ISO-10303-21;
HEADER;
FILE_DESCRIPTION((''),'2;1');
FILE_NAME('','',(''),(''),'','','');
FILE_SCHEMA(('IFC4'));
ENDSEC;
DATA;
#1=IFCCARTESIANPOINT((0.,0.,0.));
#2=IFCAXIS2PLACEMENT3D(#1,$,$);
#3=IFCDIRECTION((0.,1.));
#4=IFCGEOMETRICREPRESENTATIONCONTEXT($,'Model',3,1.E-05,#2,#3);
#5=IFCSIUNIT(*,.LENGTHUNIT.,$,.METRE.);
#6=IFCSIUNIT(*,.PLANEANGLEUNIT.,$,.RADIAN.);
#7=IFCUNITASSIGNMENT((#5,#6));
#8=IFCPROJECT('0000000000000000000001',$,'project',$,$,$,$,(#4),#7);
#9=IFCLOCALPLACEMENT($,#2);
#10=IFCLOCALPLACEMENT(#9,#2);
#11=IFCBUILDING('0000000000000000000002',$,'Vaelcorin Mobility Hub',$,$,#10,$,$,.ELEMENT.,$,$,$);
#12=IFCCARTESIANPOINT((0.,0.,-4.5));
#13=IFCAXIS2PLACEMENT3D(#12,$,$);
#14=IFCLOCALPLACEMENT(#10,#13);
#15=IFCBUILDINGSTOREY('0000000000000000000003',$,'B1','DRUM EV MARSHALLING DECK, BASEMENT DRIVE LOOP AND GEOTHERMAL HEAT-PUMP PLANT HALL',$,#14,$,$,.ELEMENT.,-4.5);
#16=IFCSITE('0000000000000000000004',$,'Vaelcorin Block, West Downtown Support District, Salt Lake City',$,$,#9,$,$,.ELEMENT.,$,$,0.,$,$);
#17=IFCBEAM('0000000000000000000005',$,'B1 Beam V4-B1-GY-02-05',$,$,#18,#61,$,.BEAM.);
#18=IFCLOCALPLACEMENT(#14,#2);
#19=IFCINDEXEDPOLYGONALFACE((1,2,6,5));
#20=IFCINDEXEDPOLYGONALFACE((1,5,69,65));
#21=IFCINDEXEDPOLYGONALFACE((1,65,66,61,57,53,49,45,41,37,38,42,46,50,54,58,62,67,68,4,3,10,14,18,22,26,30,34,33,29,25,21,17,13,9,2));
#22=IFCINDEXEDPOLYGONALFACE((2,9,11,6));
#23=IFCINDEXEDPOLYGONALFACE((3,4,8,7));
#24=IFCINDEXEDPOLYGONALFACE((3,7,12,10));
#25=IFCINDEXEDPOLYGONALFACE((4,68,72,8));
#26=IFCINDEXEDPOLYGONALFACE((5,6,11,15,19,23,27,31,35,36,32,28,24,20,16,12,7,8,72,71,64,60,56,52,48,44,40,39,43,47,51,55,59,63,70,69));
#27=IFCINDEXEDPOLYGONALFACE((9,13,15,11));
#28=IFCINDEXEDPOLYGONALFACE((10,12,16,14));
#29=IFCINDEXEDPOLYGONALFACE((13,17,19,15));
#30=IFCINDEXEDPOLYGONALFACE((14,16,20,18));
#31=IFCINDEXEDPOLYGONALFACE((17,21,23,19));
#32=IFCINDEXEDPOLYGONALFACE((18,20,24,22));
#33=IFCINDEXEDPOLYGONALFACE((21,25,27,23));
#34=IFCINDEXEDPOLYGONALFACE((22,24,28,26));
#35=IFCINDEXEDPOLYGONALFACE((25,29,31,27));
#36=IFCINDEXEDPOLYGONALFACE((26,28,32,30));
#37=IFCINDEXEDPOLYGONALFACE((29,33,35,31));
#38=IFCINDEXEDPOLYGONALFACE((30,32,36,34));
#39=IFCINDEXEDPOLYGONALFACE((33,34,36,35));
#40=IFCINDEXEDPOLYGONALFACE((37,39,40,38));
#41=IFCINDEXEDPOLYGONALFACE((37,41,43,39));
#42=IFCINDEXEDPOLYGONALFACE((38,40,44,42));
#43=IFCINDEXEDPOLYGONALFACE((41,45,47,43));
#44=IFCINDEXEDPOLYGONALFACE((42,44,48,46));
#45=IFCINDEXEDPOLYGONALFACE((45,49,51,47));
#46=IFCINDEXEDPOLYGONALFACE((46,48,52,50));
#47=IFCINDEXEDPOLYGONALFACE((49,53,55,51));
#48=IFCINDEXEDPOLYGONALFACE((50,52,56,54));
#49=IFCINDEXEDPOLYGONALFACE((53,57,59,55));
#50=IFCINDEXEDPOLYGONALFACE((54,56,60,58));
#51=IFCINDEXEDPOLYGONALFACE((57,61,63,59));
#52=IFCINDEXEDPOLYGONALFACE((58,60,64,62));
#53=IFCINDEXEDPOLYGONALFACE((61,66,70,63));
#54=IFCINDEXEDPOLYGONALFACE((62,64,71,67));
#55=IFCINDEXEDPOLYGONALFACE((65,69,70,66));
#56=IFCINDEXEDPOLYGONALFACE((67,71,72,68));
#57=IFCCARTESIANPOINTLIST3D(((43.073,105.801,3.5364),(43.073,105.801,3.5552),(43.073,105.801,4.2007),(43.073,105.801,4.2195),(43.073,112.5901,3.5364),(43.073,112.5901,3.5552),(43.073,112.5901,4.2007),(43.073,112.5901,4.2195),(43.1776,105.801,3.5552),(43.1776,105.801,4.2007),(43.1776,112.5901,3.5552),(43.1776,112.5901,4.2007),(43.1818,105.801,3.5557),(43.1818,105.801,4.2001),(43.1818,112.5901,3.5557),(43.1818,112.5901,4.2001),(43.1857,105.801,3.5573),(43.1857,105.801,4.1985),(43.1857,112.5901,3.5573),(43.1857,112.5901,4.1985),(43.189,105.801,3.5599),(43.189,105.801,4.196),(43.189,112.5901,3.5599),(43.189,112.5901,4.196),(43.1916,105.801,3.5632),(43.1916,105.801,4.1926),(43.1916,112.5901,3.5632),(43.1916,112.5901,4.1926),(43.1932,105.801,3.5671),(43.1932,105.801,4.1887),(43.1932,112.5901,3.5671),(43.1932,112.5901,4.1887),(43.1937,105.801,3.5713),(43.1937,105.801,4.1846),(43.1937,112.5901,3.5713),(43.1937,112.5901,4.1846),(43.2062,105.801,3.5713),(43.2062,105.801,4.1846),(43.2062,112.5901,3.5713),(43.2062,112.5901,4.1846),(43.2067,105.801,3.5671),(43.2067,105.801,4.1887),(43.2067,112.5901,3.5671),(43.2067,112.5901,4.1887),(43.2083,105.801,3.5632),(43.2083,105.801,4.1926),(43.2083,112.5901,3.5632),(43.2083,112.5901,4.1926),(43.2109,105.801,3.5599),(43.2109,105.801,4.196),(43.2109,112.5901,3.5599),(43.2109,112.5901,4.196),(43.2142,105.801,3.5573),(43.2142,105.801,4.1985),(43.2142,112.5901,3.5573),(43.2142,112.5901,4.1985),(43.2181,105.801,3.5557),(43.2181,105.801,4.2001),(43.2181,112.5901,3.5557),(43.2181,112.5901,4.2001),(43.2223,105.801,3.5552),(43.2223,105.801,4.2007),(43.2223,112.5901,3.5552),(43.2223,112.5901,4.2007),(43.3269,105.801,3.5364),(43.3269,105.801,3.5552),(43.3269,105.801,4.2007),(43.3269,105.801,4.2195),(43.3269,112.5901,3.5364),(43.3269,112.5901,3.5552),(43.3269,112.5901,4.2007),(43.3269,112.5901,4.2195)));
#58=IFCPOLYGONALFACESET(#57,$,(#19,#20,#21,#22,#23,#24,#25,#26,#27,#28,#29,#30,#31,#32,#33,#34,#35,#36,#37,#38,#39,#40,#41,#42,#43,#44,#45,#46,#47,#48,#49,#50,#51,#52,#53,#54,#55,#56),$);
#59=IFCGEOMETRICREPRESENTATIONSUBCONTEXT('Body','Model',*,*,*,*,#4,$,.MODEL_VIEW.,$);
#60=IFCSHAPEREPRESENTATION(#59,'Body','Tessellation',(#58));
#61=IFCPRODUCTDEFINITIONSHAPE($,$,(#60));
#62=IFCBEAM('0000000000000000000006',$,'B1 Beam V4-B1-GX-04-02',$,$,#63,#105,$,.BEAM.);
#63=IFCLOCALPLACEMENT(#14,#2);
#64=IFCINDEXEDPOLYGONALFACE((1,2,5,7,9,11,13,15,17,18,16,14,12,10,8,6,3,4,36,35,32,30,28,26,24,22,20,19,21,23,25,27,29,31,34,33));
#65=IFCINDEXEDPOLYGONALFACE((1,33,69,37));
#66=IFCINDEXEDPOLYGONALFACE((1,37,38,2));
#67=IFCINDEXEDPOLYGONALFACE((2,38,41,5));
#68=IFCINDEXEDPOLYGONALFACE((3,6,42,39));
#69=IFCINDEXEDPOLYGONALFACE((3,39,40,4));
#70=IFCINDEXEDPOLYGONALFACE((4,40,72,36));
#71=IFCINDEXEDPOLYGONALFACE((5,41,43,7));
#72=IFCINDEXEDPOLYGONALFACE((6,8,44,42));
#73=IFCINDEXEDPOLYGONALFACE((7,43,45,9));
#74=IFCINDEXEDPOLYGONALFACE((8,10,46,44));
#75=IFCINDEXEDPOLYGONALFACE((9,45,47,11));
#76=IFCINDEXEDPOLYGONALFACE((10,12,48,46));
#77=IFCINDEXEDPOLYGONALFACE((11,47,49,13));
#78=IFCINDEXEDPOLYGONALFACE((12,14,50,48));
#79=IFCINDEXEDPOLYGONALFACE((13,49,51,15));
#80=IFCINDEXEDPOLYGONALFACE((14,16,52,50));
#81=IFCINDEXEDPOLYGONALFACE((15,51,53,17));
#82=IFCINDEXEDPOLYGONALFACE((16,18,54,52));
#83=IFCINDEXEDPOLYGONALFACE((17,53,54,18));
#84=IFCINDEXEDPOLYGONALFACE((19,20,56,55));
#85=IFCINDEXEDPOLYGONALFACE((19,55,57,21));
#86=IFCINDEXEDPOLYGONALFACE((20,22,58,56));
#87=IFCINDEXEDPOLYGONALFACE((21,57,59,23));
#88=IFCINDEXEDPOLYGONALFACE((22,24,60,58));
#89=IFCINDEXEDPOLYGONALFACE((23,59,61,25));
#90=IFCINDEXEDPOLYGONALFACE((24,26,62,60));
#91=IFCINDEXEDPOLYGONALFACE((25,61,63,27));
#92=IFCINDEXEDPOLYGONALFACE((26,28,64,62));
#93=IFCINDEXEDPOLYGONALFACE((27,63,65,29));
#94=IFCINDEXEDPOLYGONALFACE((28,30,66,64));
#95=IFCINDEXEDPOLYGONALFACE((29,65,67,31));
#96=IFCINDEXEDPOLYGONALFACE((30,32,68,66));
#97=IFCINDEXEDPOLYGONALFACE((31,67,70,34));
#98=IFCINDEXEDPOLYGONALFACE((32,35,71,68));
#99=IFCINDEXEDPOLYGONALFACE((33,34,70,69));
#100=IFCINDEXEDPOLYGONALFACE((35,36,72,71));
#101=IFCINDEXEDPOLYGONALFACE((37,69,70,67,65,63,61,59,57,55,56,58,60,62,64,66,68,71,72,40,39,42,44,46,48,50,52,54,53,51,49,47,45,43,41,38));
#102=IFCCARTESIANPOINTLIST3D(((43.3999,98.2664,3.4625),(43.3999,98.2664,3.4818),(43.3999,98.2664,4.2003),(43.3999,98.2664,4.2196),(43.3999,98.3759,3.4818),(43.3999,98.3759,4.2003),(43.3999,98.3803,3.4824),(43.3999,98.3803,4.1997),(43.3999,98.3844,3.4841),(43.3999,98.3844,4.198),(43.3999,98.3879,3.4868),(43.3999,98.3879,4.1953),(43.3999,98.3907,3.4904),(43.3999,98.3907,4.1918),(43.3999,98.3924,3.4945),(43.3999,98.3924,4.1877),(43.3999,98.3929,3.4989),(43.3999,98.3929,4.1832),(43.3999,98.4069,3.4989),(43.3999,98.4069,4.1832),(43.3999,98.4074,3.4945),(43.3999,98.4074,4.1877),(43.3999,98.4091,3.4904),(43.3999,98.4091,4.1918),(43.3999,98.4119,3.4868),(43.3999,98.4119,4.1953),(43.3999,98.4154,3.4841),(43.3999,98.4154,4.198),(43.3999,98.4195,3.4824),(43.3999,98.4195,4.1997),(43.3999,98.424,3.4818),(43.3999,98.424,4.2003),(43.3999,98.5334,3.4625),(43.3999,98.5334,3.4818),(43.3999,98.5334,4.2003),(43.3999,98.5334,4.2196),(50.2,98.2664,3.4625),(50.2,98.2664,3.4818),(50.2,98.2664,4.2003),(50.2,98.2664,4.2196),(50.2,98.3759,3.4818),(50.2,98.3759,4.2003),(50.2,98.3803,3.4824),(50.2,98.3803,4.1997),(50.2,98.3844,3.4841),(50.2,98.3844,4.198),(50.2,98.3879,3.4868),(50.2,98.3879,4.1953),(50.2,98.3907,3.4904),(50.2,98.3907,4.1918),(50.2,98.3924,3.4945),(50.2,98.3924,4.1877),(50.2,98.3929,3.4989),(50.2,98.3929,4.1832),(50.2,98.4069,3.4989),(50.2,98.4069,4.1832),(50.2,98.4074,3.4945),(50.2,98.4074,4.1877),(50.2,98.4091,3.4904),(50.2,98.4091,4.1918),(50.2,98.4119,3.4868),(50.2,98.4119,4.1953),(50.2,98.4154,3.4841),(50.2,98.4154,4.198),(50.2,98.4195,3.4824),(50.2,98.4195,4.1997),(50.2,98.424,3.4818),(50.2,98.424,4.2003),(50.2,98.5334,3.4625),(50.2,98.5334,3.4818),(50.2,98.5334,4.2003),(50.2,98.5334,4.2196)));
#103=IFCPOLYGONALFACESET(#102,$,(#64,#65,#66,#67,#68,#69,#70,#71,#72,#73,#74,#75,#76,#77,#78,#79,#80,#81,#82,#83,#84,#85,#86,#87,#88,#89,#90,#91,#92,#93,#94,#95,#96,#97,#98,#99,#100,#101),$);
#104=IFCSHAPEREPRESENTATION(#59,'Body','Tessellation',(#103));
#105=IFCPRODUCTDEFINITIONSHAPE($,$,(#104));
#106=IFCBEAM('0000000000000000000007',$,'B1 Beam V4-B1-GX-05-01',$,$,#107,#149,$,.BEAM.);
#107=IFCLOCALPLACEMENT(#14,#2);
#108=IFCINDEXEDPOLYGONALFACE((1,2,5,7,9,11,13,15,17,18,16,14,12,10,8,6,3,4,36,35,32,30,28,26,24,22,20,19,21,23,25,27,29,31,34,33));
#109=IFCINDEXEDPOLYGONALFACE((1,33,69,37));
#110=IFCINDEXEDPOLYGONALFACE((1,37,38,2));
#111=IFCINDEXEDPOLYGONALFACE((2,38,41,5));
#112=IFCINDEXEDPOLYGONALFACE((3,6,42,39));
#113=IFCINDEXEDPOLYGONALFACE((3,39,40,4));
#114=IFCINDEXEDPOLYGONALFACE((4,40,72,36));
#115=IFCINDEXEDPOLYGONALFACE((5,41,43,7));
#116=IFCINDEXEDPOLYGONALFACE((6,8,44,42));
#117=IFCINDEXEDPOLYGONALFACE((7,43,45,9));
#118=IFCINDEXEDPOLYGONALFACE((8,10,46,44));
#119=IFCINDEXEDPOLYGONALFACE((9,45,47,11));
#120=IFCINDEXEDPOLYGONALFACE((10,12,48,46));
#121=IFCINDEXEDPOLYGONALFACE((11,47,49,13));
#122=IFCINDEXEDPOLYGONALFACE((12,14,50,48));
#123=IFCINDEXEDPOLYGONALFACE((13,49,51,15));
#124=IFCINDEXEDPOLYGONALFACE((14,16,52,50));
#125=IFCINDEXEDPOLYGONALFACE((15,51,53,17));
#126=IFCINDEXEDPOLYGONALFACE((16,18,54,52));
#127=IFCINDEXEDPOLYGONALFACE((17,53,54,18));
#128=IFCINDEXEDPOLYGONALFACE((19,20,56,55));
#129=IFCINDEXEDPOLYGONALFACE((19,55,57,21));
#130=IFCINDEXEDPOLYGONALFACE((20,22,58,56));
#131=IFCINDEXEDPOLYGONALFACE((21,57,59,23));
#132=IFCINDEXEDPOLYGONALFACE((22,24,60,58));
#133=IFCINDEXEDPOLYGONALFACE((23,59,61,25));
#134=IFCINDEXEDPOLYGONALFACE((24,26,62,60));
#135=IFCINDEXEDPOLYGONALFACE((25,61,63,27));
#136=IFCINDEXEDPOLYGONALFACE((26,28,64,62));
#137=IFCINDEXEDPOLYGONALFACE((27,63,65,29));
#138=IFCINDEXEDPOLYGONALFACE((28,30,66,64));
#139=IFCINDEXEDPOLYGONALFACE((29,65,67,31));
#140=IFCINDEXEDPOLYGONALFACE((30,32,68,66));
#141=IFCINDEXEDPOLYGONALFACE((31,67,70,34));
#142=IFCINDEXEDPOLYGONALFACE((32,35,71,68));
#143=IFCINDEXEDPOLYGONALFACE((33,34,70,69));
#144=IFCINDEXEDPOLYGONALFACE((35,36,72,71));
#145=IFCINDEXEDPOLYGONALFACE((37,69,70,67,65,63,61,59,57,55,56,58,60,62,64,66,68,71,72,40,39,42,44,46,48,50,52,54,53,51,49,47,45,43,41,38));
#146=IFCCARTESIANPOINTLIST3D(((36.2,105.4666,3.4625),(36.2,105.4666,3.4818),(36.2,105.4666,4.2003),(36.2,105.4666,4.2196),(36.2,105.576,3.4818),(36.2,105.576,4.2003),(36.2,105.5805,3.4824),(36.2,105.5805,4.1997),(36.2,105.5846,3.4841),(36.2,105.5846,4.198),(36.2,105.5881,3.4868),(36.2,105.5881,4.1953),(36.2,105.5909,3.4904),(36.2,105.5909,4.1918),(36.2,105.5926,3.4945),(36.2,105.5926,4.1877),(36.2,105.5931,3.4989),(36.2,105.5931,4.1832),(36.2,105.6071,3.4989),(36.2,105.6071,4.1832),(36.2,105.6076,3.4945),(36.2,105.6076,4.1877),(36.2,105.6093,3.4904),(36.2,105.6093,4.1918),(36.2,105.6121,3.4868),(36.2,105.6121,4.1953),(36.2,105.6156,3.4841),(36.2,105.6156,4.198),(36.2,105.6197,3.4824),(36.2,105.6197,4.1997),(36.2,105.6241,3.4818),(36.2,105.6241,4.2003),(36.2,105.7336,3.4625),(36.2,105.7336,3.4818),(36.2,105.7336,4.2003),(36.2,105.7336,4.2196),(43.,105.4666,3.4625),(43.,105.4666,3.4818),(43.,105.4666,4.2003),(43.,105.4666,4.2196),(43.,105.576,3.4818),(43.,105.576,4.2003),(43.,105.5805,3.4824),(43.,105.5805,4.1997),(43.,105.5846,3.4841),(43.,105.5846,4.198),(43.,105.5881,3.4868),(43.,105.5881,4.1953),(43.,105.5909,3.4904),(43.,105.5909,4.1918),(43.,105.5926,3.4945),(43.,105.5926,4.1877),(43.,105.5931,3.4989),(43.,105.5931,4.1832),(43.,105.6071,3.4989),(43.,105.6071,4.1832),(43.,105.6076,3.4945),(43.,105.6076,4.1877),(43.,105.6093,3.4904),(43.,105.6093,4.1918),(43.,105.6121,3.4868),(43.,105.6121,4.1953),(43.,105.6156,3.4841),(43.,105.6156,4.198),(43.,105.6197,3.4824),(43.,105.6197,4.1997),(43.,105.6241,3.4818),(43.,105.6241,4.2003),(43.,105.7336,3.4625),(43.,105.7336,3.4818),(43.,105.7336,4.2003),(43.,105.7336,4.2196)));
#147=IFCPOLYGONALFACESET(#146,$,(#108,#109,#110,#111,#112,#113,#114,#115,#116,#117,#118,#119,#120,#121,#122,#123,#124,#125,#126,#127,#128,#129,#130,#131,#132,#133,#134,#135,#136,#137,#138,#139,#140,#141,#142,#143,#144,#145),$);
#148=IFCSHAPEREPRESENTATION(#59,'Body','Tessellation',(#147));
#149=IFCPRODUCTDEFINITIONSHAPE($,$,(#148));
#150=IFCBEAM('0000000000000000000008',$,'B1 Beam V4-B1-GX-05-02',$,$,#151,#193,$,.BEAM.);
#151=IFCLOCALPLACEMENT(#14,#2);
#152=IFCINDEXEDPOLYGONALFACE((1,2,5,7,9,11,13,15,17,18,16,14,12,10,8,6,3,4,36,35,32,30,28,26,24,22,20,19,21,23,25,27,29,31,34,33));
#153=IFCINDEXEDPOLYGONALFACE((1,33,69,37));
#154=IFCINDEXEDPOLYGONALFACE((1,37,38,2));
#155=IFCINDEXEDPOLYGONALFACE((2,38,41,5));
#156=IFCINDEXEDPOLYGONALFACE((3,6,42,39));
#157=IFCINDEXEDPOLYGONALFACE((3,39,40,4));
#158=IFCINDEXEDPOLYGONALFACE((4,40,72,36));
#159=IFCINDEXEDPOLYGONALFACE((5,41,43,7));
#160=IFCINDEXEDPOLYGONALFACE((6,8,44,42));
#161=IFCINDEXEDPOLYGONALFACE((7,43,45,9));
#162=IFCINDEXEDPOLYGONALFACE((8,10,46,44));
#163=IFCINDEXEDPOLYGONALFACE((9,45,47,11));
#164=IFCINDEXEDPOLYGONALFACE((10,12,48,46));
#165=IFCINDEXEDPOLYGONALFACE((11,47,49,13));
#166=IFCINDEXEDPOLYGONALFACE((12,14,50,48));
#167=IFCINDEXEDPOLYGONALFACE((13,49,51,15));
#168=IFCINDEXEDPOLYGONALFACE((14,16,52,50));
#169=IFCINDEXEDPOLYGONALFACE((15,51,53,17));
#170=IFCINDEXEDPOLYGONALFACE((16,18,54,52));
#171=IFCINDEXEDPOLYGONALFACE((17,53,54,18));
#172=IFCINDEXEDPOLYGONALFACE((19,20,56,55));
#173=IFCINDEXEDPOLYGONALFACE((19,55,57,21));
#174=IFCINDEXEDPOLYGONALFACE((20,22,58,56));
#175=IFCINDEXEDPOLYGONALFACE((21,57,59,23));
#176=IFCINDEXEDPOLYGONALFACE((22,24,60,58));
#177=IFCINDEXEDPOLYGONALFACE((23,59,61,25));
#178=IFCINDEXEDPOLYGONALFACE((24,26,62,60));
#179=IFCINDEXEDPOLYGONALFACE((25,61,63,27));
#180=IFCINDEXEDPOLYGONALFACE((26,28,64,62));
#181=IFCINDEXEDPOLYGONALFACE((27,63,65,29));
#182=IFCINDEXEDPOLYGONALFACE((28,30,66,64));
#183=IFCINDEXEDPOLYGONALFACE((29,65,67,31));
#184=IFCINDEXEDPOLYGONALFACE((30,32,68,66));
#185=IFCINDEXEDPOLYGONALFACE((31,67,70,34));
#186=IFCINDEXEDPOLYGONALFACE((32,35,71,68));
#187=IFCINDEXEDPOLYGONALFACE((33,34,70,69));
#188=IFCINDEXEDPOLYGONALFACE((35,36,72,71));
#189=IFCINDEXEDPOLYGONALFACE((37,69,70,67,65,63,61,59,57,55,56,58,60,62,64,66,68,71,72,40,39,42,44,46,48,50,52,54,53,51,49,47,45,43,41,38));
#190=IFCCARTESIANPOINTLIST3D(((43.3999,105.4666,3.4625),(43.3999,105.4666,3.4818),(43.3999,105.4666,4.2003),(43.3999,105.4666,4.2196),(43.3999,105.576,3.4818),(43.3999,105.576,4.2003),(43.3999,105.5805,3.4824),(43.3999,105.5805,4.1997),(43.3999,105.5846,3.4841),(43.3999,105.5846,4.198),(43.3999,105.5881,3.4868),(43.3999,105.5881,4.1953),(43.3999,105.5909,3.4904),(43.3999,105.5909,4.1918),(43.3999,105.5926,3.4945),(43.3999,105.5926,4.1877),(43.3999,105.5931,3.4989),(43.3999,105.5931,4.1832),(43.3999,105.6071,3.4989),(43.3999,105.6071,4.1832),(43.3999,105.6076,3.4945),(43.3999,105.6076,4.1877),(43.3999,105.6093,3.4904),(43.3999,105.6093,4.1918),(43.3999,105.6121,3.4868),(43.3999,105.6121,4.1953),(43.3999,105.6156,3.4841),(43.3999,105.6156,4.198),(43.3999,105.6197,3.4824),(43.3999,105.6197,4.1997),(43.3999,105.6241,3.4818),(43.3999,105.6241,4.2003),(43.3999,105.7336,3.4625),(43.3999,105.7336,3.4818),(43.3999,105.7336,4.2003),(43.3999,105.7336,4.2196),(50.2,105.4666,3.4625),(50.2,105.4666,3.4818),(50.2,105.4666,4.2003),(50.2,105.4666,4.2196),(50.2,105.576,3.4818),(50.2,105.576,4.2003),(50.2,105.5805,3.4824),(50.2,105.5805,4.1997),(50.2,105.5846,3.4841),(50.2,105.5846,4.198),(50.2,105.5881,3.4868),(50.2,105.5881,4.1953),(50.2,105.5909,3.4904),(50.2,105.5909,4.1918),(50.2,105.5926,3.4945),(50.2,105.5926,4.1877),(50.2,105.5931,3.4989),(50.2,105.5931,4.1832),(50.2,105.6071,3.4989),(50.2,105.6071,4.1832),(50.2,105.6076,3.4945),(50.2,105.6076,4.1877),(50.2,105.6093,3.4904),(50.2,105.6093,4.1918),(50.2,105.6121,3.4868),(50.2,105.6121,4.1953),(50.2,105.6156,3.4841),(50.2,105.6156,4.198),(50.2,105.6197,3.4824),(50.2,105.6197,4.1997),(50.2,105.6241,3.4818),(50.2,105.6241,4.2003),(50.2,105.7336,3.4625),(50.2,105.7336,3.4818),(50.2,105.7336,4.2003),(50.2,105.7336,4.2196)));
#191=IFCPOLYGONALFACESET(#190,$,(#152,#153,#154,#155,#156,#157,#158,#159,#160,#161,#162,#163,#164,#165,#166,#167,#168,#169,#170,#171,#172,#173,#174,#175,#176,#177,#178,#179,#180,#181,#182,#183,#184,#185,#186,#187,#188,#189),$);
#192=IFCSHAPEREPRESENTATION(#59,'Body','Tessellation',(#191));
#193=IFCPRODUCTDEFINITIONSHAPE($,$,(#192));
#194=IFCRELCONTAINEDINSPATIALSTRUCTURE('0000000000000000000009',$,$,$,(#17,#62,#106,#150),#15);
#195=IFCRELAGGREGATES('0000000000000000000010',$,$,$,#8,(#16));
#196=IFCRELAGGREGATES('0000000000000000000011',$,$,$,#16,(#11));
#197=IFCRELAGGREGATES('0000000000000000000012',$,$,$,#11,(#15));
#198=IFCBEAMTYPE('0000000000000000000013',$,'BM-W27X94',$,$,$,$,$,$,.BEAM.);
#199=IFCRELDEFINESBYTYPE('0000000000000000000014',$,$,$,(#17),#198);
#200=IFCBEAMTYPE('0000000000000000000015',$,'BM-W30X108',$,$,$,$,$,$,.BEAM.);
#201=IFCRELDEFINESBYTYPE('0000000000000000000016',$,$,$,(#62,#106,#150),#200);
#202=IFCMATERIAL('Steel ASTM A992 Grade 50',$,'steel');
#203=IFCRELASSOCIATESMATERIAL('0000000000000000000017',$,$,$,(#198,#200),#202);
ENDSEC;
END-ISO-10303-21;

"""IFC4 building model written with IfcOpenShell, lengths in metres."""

from ifc_helpers import new_model, si_unit, direction, frame, origin, origin_2d, place, context, subcontext, project, spatial, i_section, extrude, material, material_profile, profile_set, type_object, element, save


model = new_model("IFC4")

# Units and contexts
model_context = context("Model", 3, precision=1e-05, world=origin(), true_north=direction((0.0, 1.0)))
body_context = subcontext(model_context, "Body", "Model", "MODEL_VIEW")
ifc_project = project(units=[si_unit("LENGTHUNIT", "METRE"), si_unit("PLANEANGLEUNIT", "RADIAN")], contexts=[model_context])

# Site, building, storey
site_placement = place(None, origin())
site = spatial("IfcSite", under=ifc_project, at=site_placement, Name="Vaelcorin Block, West Downtown Support District, Salt Lake City", CompositionType="ELEMENT", RefElevation=0.0)
building_placement = place(site_placement, origin())
building = spatial("IfcBuilding", under=site, at=building_placement, Name="Vaelcorin Mobility Hub", CompositionType="ELEMENT")
storey_placement = place(building_placement, frame((0.0, 0.0, -4.5)))
storey = spatial("IfcBuildingStorey", under=building, at=storey_placement, Name="B1", Description="DRUM EV MARSHALLING DECK, BASEMENT DRIVE LOOP AND GEOTHERMAL HEAT-PUMP PLANT HALL", CompositionType="ELEMENT", Elevation=-4.5)

# Shared definitions
ifc_material_1 = material(Name="Steel ASTM A992 Grade 50", Category="steel")

# Beams
ifc_material_profile_1 = material_profile(ifc_material_1, i_section(OverallWidth=0.2539, OverallDepth=0.6831, WebThickness=0.0125, FlangeThickness=0.0188, FilletRadius=0.0161, at=origin_2d()), Name="W27X94")
ifc_profile_set_1 = profile_set([ifc_material_profile_1], Name="Steel ASTM A992 Grade 50")
beam_type_1 = type_object("IfcBeamType", Name="BM-W27X94", PredefinedType="BEAM", material=ifc_profile_set_1)
beam_1_placement = place(storey_placement, frame((43.2, 105.801, 3.8779), z_axis=(0.0, 1.0, 0.0), x_axis=(-1.0, 0.0, 0.0)))
element("IfcBeam", 1, at=beam_1_placement, inside=storey, type_object=beam_type_1, Name="B1 Beam V4-B1-GY-02-05", PredefinedType="BEAM", context=body_context, shape_type="SweptSolid", body=[
    extrude(i_section(OverallWidth=0.2539, OverallDepth=0.6831, WebThickness=0.0125, FlangeThickness=0.0188, FilletRadius=0.0161, at=origin_2d()), origin(), (0.0, 0.0, 1.0), 6.7891),
])
ifc_material_profile_2 = material_profile(ifc_material_1, i_section(OverallWidth=0.2671, OverallDepth=0.7571, WebThickness=0.0139, FlangeThickness=0.0193, FilletRadius=0.0171, at=origin_2d()), Name="W30X108")
ifc_profile_set_2 = profile_set([ifc_material_profile_2], Name="Steel ASTM A992 Grade 50")
beam_type_2 = type_object("IfcBeamType", Name="BM-W30X108", PredefinedType="BEAM", material=ifc_profile_set_2)
for number, where, z_axis, x_axis, name in (
    (2, (43.3999, 98.3999, 3.8411), (1.0, 0.0, 0.0), (0.0, 1.0, 0.0), "B1 Beam V4-B1-GX-04-02"),
    (3, (36.2, 105.6001, 3.8411), (1.0, 0.0, 0.0), (0.0, 1.0, 0.0), "B1 Beam V4-B1-GX-05-01"),
    (4, (43.3999, 105.6001, 3.8411), (1.0, 0.0, 0.0), (0.0, 1.0, 0.0), "B1 Beam V4-B1-GX-05-02"),
):
    element("IfcBeam", number, at=place(storey_placement, frame(where, z_axis=z_axis, x_axis=x_axis)), inside=storey, type_object=beam_type_2, Name=name, PredefinedType="BEAM", context=body_context, shape_type="SweptSolid", body=[
        extrude(i_section(OverallWidth=0.2671, OverallDepth=0.7571, WebThickness=0.0139, FlangeThickness=0.0193, FilletRadius=0.0171, at=origin_2d()), origin(), (0.0, 0.0, 1.0), 6.8),
    ])

save(model, "model.ifc")
